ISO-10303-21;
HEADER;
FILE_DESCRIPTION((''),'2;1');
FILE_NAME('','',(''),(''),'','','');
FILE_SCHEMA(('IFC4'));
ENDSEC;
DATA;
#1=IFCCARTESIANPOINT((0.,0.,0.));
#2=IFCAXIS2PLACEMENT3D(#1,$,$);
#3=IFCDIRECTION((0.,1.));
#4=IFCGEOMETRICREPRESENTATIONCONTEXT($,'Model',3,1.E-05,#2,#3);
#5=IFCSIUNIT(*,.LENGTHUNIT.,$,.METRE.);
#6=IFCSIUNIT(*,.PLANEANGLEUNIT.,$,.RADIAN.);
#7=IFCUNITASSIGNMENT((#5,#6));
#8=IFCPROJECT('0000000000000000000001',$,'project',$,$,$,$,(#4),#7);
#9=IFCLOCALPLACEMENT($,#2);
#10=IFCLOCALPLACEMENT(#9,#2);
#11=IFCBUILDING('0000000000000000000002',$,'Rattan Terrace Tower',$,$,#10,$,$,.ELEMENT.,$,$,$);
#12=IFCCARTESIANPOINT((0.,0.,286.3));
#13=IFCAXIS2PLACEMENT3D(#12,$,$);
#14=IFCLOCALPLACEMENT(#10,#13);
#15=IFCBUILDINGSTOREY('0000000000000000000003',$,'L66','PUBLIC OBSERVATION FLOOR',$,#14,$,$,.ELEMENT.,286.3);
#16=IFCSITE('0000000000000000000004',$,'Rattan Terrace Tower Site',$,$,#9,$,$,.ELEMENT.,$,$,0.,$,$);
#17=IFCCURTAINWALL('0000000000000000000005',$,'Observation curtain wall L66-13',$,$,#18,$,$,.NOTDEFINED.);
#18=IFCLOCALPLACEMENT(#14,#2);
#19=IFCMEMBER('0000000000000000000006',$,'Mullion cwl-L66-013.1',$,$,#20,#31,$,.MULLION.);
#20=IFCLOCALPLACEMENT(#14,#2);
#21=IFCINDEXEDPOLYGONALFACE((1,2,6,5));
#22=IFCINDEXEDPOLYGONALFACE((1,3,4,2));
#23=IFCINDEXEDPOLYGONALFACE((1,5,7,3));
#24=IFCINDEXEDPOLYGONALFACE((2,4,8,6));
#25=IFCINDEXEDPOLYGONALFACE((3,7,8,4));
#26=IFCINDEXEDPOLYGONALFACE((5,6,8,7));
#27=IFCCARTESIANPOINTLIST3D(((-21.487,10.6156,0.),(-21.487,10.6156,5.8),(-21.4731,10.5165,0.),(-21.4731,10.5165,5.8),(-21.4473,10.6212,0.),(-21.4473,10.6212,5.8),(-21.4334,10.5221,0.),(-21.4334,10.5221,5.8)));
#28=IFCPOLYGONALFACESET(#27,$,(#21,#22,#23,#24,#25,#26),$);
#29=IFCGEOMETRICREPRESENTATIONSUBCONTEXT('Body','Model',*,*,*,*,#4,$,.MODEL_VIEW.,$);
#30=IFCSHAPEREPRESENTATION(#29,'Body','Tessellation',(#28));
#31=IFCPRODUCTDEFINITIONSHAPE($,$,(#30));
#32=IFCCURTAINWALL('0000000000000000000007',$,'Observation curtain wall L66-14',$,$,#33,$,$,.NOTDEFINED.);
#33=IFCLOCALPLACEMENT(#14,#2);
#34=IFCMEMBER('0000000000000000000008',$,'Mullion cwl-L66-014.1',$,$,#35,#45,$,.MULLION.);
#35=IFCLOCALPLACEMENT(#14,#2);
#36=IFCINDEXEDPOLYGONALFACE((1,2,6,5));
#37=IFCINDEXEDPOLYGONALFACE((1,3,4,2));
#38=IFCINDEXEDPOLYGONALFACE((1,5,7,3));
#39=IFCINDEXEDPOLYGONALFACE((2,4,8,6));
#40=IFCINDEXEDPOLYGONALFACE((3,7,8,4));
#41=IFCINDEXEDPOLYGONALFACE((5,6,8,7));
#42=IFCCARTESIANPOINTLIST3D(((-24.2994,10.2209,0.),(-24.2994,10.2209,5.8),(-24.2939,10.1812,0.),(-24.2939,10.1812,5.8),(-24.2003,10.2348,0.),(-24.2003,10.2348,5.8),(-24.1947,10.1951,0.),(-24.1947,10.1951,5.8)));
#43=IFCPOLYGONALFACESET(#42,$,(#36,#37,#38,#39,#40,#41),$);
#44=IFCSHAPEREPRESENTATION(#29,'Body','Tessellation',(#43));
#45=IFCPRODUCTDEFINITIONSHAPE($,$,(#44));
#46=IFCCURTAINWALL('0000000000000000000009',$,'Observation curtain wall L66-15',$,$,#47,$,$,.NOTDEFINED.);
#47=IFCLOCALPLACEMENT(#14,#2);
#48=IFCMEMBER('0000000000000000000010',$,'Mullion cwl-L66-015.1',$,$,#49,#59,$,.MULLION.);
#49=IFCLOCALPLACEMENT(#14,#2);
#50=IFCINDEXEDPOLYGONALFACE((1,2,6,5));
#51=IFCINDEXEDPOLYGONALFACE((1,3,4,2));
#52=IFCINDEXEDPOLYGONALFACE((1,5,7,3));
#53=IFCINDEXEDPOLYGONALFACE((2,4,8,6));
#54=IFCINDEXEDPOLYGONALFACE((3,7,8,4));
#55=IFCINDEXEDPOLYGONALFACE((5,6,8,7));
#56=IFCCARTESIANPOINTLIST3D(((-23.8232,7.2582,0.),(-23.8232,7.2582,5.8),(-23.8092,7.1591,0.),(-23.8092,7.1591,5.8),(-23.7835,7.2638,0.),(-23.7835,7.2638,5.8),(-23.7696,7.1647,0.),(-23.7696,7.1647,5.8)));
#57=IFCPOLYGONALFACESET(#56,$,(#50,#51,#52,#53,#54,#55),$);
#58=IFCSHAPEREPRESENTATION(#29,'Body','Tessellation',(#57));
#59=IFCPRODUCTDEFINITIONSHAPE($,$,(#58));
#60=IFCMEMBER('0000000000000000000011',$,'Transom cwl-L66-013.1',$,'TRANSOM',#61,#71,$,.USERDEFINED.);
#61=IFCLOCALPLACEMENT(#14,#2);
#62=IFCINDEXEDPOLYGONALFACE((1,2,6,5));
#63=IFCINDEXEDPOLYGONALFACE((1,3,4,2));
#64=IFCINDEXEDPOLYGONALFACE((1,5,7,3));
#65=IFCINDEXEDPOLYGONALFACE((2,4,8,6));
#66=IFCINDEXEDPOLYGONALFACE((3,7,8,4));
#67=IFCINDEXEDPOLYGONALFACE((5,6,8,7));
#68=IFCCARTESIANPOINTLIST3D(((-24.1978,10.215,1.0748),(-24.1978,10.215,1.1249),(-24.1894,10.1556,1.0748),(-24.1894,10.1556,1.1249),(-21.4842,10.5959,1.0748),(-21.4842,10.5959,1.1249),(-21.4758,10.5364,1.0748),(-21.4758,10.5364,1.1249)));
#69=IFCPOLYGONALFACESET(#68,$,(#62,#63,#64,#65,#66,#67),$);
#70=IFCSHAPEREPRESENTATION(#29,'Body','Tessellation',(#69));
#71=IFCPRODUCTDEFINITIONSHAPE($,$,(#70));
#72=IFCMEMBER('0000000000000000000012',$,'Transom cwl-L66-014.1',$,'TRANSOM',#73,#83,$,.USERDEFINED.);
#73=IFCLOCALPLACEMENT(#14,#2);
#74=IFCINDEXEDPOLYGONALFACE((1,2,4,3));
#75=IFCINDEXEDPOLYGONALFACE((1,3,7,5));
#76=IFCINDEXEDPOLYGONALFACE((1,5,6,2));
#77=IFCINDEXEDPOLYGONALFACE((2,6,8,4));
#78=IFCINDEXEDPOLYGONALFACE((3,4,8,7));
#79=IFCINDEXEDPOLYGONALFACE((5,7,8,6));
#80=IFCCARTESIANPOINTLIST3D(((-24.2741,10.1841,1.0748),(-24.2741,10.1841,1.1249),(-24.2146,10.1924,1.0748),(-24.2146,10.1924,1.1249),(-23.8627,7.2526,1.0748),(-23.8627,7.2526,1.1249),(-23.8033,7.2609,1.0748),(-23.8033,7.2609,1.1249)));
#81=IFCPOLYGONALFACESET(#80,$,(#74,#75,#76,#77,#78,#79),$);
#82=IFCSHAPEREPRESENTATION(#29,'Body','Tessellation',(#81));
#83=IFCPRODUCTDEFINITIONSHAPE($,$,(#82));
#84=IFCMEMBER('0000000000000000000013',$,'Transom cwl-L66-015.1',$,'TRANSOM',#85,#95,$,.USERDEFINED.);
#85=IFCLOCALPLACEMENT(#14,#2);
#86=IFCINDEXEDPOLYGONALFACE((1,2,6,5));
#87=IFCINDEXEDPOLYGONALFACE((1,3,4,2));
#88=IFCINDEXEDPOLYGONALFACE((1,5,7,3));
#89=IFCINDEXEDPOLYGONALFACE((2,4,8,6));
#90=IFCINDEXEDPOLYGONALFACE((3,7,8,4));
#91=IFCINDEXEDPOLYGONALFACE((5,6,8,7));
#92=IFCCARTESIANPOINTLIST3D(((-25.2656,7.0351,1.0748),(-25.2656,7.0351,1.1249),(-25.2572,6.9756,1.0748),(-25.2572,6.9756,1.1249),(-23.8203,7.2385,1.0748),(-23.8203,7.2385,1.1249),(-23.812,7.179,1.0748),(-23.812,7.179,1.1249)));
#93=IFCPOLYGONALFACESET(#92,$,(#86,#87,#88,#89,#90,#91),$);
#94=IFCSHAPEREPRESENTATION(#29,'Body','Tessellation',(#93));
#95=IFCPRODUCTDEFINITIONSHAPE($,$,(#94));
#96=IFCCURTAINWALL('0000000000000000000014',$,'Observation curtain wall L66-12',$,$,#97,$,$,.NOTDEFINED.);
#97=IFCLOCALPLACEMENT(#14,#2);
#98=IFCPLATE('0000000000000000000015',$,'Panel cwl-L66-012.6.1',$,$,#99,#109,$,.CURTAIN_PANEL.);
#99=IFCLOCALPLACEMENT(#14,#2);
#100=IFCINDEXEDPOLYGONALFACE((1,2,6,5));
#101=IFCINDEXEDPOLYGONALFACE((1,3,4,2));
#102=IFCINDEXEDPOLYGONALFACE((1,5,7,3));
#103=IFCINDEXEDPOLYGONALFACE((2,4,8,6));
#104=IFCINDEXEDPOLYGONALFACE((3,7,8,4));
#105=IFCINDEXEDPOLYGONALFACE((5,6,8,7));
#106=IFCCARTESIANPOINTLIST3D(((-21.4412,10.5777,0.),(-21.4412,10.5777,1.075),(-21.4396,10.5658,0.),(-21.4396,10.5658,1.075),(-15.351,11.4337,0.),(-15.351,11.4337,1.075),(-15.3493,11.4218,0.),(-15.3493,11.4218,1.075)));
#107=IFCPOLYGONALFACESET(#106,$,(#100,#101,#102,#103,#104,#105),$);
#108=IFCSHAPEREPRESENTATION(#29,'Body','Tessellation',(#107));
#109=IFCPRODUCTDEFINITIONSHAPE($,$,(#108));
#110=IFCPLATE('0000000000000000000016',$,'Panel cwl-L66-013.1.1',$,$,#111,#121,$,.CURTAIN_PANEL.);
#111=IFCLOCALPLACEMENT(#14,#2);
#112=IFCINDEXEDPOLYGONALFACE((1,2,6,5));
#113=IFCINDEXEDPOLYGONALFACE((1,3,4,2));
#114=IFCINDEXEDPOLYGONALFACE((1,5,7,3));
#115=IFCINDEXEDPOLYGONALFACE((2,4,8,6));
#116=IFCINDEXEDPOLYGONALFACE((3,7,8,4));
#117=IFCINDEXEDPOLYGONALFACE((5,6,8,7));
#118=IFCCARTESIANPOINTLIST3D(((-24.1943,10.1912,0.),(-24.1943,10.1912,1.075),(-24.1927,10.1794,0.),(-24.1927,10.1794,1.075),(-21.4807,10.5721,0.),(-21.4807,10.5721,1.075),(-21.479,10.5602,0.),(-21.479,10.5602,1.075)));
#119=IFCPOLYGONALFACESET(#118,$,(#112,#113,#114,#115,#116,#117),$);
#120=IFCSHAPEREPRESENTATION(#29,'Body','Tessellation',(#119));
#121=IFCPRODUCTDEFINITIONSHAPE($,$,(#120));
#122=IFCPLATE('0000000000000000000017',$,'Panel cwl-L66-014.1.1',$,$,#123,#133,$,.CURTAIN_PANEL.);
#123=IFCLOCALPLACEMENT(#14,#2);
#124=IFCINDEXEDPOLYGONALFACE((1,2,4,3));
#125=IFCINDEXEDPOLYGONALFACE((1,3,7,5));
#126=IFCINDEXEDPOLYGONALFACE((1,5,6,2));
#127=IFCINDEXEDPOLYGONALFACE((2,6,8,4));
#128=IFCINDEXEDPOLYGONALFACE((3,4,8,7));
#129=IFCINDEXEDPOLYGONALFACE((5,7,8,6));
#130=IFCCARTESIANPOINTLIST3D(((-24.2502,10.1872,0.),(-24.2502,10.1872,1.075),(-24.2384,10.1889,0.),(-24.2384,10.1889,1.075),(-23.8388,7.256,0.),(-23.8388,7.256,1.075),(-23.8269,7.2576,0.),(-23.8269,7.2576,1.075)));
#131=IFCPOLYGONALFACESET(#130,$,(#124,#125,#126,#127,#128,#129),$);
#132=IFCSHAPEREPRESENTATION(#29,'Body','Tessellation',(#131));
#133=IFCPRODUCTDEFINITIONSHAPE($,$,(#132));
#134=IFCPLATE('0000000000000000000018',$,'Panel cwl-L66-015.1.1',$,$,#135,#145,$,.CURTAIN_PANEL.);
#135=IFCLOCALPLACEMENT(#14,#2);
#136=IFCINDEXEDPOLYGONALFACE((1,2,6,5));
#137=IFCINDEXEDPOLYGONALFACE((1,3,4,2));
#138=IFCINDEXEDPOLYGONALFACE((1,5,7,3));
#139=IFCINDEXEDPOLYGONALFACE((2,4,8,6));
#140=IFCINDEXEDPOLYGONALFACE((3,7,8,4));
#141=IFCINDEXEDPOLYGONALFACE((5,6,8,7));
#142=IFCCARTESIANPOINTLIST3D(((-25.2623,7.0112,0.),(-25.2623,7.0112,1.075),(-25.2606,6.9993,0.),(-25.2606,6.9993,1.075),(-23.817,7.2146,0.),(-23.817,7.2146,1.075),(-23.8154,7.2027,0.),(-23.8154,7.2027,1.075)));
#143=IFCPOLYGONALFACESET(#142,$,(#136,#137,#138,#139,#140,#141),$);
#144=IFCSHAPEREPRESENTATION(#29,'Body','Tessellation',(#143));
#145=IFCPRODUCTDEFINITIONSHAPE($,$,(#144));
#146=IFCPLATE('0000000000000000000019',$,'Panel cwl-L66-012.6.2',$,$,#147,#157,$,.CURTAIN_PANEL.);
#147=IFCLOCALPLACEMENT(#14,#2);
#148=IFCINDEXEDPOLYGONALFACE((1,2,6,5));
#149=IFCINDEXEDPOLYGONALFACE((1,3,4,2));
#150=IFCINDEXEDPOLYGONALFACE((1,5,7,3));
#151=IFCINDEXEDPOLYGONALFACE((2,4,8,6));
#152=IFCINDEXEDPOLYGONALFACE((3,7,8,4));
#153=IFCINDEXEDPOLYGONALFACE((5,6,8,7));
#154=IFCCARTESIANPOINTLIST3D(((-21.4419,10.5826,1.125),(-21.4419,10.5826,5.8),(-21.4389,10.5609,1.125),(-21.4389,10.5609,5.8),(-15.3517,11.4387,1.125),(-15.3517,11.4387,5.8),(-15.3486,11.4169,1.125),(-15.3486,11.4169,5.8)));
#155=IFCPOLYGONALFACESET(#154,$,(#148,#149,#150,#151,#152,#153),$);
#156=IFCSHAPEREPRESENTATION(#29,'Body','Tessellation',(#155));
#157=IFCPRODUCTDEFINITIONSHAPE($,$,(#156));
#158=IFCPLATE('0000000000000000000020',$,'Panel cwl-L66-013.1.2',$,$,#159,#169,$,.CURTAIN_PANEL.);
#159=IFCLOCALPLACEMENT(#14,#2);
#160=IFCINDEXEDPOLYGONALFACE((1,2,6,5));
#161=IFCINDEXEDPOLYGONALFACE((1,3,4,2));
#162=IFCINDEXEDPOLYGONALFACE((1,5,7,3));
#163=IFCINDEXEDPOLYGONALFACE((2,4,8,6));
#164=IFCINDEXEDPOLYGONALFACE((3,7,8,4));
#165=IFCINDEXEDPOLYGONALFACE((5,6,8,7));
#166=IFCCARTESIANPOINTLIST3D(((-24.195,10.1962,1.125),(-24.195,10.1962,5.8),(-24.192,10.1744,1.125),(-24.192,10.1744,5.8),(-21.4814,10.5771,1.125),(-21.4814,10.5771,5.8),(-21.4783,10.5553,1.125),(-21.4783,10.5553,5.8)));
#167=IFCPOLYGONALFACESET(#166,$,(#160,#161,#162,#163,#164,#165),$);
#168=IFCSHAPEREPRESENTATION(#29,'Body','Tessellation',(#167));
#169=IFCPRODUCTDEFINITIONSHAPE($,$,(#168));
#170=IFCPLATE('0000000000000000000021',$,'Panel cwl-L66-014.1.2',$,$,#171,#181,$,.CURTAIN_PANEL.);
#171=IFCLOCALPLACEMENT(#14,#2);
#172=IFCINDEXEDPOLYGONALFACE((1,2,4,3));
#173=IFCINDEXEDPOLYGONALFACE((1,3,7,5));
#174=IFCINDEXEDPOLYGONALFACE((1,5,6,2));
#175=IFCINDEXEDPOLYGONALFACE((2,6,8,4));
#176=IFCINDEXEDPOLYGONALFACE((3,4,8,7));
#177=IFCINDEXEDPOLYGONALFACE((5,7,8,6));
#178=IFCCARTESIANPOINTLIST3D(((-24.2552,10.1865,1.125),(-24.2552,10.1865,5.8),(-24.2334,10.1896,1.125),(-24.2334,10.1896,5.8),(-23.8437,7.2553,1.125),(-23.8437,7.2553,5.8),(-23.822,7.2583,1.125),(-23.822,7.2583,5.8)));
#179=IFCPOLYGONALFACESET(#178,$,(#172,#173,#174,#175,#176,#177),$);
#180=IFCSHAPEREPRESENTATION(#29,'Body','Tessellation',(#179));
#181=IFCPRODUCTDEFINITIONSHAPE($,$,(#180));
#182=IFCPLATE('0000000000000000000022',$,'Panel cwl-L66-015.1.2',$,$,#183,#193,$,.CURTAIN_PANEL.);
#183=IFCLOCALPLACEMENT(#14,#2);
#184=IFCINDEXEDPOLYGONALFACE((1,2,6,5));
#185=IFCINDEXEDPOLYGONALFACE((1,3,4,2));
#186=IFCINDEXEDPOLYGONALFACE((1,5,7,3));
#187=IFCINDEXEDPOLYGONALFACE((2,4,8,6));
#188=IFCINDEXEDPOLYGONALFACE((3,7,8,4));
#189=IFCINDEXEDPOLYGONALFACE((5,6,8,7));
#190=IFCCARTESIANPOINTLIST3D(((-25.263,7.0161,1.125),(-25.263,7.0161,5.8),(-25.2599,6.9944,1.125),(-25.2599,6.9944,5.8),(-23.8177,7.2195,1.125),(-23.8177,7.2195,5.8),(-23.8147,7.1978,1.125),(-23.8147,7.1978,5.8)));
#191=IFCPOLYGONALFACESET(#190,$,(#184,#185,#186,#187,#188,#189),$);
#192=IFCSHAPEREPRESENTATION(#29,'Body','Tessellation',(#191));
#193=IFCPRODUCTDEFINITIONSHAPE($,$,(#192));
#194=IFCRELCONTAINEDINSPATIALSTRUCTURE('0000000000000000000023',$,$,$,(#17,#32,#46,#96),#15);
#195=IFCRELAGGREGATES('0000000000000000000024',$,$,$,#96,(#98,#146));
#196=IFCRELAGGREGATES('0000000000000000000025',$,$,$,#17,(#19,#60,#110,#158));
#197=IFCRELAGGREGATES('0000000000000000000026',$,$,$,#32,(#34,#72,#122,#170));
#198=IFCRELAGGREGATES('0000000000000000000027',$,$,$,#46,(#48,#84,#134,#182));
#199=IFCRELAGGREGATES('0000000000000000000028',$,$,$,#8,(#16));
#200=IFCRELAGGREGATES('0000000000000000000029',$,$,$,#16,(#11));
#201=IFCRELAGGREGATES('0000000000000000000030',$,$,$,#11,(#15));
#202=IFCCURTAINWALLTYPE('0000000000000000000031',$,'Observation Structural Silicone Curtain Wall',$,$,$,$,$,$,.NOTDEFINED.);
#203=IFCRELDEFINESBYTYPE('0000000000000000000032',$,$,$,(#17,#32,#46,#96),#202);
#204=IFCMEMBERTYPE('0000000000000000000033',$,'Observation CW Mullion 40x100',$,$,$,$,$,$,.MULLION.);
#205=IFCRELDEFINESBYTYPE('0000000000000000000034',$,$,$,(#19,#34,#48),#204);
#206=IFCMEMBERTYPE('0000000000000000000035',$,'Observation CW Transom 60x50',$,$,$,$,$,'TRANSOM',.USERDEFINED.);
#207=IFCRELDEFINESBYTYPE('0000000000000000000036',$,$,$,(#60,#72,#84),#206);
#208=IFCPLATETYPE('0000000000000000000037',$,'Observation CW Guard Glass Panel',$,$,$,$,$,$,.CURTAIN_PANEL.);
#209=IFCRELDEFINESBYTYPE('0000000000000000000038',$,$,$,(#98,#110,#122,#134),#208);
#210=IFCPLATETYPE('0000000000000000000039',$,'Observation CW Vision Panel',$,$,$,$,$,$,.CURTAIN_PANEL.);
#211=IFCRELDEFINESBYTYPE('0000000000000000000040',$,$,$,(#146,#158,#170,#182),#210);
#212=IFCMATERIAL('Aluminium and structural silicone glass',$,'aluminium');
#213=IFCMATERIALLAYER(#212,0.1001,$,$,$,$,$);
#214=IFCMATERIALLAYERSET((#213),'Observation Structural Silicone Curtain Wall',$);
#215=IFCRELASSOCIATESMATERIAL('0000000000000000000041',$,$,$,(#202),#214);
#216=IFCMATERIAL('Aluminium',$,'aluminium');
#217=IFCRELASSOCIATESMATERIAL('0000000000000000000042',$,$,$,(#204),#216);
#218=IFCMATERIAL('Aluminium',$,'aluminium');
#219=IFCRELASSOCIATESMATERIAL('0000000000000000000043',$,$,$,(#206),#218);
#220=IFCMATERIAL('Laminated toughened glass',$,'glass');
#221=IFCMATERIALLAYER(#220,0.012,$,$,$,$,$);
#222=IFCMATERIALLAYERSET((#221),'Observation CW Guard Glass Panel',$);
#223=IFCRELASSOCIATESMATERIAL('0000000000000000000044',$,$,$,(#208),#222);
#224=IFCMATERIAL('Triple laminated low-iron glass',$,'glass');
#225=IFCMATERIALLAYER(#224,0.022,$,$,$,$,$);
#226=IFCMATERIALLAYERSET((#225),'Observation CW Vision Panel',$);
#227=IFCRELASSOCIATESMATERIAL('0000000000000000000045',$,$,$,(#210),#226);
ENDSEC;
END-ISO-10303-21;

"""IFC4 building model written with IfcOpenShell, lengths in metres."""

from ifc_helpers import new_model, si_unit, direction, frame, origin, origin_2d, place, context, subcontext, project, spatial, rectangle, extrude, material, layer, layer_set, material_profile, profile_set, type_object, element, aggregate, save


model = new_model("IFC4")

# Units and contexts
model_context = context("Model", 3, precision=1e-05, world=origin(), true_north=direction((0.0, 1.0)))
body_context = subcontext(model_context, "Body", "Model", "MODEL_VIEW")
ifc_project = project(units=[si_unit("LENGTHUNIT", "METRE"), si_unit("PLANEANGLEUNIT", "RADIAN")], contexts=[model_context])

# Site, building, storey
site_placement = place(None, origin())
site = spatial("IfcSite", under=ifc_project, at=site_placement, Name="Rattan Terrace Tower Site", CompositionType="ELEMENT", RefElevation=0.0)
building_placement = place(site_placement, origin())
building = spatial("IfcBuilding", under=site, at=building_placement, Name="Rattan Terrace Tower", CompositionType="ELEMENT")
storey_placement = place(building_placement, frame((0.0, 0.0, 286.3)))
storey = spatial("IfcBuildingStorey", under=building, at=storey_placement, Name="L66", Description="PUBLIC OBSERVATION FLOOR", CompositionType="ELEMENT", Elevation=286.3)

# Curtain walls, members
ifc_material_1 = material(Name="Aluminium and structural silicone glass", Category="aluminium")
ifc_layer_1 = layer(ifc_material_1, 0.1001)
ifc_layer_set_1 = layer_set([ifc_layer_1], Name="Observation Structural Silicone Curtain Wall")
curtain_wall_type = type_object("IfcCurtainWallType", Name="Observation Structural Silicone Curtain Wall", PredefinedType="NOTDEFINED", material=ifc_layer_set_1)
curtain_wall_1_placement = place(storey_placement, origin())
curtain_wall_1 = element("IfcCurtainWall", 1, at=curtain_wall_1_placement, inside=storey, type_object=curtain_wall_type, Name="Observation curtain wall L66-13", PredefinedType="NOTDEFINED")
ifc_material_2 = material(Name="Aluminium", Category="aluminium")
ifc_material_profile_1 = material_profile(ifc_material_2, rectangle(XDim=0.04, YDim=0.1001, at=origin_2d()), Name="Aluminium 40x100")
ifc_profile_set_1 = profile_set([ifc_material_profile_1], Name="Aluminium")
member_type_1 = type_object("IfcMemberType", Name="Observation CW Mullion 40x100", PredefinedType="MULLION", material=ifc_profile_set_1)
member_1_placement = place(storey_placement, frame((-21.4602, 10.5688, 0.0), z_axis=(0.0, 0.0, 1.0), x_axis=(-0.990293, -0.138994, 0.0)))
member_1 = element("IfcMember", 2, at=member_1_placement, type_object=member_type_1, Name="Mullion cwl-L66-013.1", PredefinedType="MULLION", context=body_context, shape_type="SweptSolid", body=[
    extrude(rectangle(XDim=0.04, YDim=0.1001, at=origin_2d()), origin(), (0.0, 0.0, 1.0), 5.8),
])
curtain_wall_2_placement = place(storey_placement, origin())
curtain_wall_2 = element("IfcCurtainWall", 3, at=curtain_wall_2_placement, inside=storey, type_object=curtain_wall_type, Name="Observation curtain wall L66-14", PredefinedType="NOTDEFINED")
member_2_placement = place(storey_placement, frame((-24.2471, 10.208, 0.0), z_axis=(0.0, 0.0, 1.0), x_axis=(0.138994, -0.990293, 0.0)))
member_2 = element("IfcMember", 4, at=member_2_placement, type_object=member_type_1, Name="Mullion cwl-L66-014.1", PredefinedType="MULLION", context=body_context, shape_type="SweptSolid", body=[
    extrude(rectangle(XDim=0.04, YDim=0.1001, at=origin_2d()), origin(), (0.0, 0.0, 1.0), 5.8),
])
curtain_wall_3_placement = place(storey_placement, origin())
curtain_wall_3 = element("IfcCurtainWall", 5, at=curtain_wall_3_placement, inside=storey, type_object=curtain_wall_type, Name="Observation curtain wall L66-15", PredefinedType="NOTDEFINED")
member_3_placement = place(storey_placement, frame((-23.7964, 7.2114, 0.0), z_axis=(0.0, 0.0, 1.0), x_axis=(-0.990241, -0.139367, 0.0)))
member_3 = element("IfcMember", 6, at=member_3_placement, type_object=member_type_1, Name="Mullion cwl-L66-015.1", PredefinedType="MULLION", context=body_context, shape_type="SweptSolid", body=[
    extrude(rectangle(XDim=0.04, YDim=0.1001, at=origin_2d()), origin(), (0.0, 0.0, 1.0), 5.8),
])

# Members
ifc_material_3 = material(Name="Aluminium", Category="aluminium")
ifc_material_profile_2 = material_profile(ifc_material_3, rectangle(XDim=0.0601, YDim=0.05, at=origin_2d()), Name="Aluminium 60x50")
ifc_profile_set_2 = profile_set([ifc_material_profile_2], Name="Aluminium")
member_type_2 = type_object("IfcMemberType", Name="Observation CW Transom 60x50", ElementType="TRANSOM", PredefinedType="USERDEFINED", material=ifc_profile_set_2)
member_4_placement = place(storey_placement, frame((-21.48, 10.5662, 1.0999), z_axis=(-0.990294, -0.138989, 0.0), x_axis=(0.138989, -0.990294, 0.0)))
member_4 = element("IfcMember", 7, at=member_4_placement, type_object=member_type_2, Name="Transom cwl-L66-013.1", ObjectType="TRANSOM", PredefinedType="USERDEFINED", context=body_context, shape_type="SweptSolid", body=[
    extrude(rectangle(XDim=0.0601, YDim=0.05, at=origin_2d()), origin(), (0.0, 0.0, 1.0), 2.7402),
])
member_5_placement = place(storey_placement, frame((-24.2444, 10.1882, 1.0999), z_axis=(0.138973, -0.990296, 0.0), x_axis=(0.990296, 0.138973, 0.0)))
member_5 = element("IfcMember", 8, at=member_5_placement, type_object=member_type_2, Name="Transom cwl-L66-014.1", ObjectType="TRANSOM", PredefinedType="USERDEFINED", context=body_context, shape_type="SweptSolid", body=[
    extrude(rectangle(XDim=0.0601, YDim=0.05, at=origin_2d()), origin(), (0.0, 0.0, 1.0), 2.9602),
])
member_6_placement = place(storey_placement, frame((-23.8162, 7.2087, 1.0999), z_axis=(-0.990245, -0.139337, 0.0), x_axis=(0.139337, -0.990245, 0.0)))
member_6 = element("IfcMember", 9, at=member_6_placement, type_object=member_type_2, Name="Transom cwl-L66-015.1", ObjectType="TRANSOM", PredefinedType="USERDEFINED", context=body_context, shape_type="SweptSolid", body=[
    extrude(rectangle(XDim=0.0601, YDim=0.05, at=origin_2d()), origin(), (0.0, 0.0, 1.0), 1.4595),
])

# Curtain wall, plate
curtain_wall_4_placement = place(storey_placement, origin())
curtain_wall_4 = element("IfcCurtainWall", 10, at=curtain_wall_4_placement, inside=storey, type_object=curtain_wall_type, Name="Observation curtain wall L66-12", PredefinedType="NOTDEFINED")
ifc_material_4 = material(Name="Laminated toughened glass", Category="glass")
ifc_layer_2 = layer(ifc_material_4, 0.012)
ifc_layer_set_2 = layer_set([ifc_layer_2], Name="Observation CW Guard Glass Panel")
plate_type_1 = type_object("IfcPlateType", Name="Observation CW Guard Glass Panel", PredefinedType="CURTAIN_PANEL", material=ifc_layer_set_2)
plate_1_placement = place(storey_placement, frame((-18.3953, 10.9998, 0.0), z_axis=(0.0, 0.0, 1.0), x_axis=(-0.990266, -0.139189, 0.0)))
plate_1 = element("IfcPlate", 11, at=plate_1_placement, type_object=plate_type_1, Name="Panel cwl-L66-012.6.1", PredefinedType="CURTAIN_PANEL", context=body_context, shape_type="SweptSolid", body=[
    extrude(rectangle(XDim=6.1501, YDim=0.012, at=origin_2d()), origin(), (0.0, 0.0, 1.0), 1.075),
])

# Plates
plate_2_placement = place(storey_placement, frame((-22.8367, 10.3757, 0.0), z_axis=(0.0, 0.0, 1.0), x_axis=(-0.990293, -0.138994, 0.0)))
plate_2 = element("IfcPlate", 12, at=plate_2_placement, type_object=plate_type_1, Name="Panel cwl-L66-013.1.1", PredefinedType="CURTAIN_PANEL", context=body_context, shape_type="SweptSolid", body=[
    extrude(rectangle(XDim=2.7402, YDim=0.012, at=origin_2d()), origin(), (0.0, 0.0, 1.0), 1.075),
])
plate_3_placement = place(storey_placement, frame((-24.0386, 8.7224, 0.0), z_axis=(0.0, 0.0, 1.0), x_axis=(0.138994, -0.990293, 0.0)))
plate_3 = element("IfcPlate", 13, at=plate_3_placement, type_object=plate_type_1, Name="Panel cwl-L66-014.1.1", PredefinedType="CURTAIN_PANEL", context=body_context, shape_type="SweptSolid", body=[
    extrude(rectangle(XDim=2.96, YDim=0.012, at=origin_2d()), origin(), (0.0, 0.0, 1.0), 1.075),
])
plate_4_placement = place(storey_placement, frame((-24.5388, 7.1069, 0.0), z_axis=(0.0, 0.0, 1.0), x_axis=(-0.990241, -0.139367, 0.0)))
plate_4 = element("IfcPlate", 14, at=plate_4_placement, type_object=plate_type_1, Name="Panel cwl-L66-015.1.1", PredefinedType="CURTAIN_PANEL", context=body_context, shape_type="SweptSolid", body=[
    extrude(rectangle(XDim=1.4595, YDim=0.012, at=origin_2d()), origin(), (0.0, 0.0, 1.0), 1.075),
])
ifc_material_5 = material(Name="Triple laminated low-iron glass", Category="glass")
ifc_layer_3 = layer(ifc_material_5, 0.022)
ifc_layer_set_3 = layer_set([ifc_layer_3], Name="Observation CW Vision Panel")
plate_type_2 = type_object("IfcPlateType", Name="Observation CW Vision Panel", PredefinedType="CURTAIN_PANEL", material=ifc_layer_set_3)
plate_5_placement = place(storey_placement, frame((-18.3953, 10.9998, 1.125), z_axis=(0.0, 0.0, 1.0), x_axis=(-0.990266, -0.139189, 0.0)))
plate_5 = element("IfcPlate", 15, at=plate_5_placement, type_object=plate_type_2, Name="Panel cwl-L66-012.6.2", PredefinedType="CURTAIN_PANEL", context=body_context, shape_type="SweptSolid", body=[
    extrude(rectangle(XDim=6.1501, YDim=0.022, at=origin_2d()), origin(), (0.0, 0.0, 1.0), 4.675),
])
aggregate(curtain_wall_4, [plate_1, plate_5])
plate_6_placement = place(storey_placement, frame((-22.8367, 10.3757, 1.125), z_axis=(0.0, 0.0, 1.0), x_axis=(-0.990293, -0.138994, 0.0)))
plate_6 = element("IfcPlate", 16, at=plate_6_placement, type_object=plate_type_2, Name="Panel cwl-L66-013.1.2", PredefinedType="CURTAIN_PANEL", context=body_context, shape_type="SweptSolid", body=[
    extrude(rectangle(XDim=2.7402, YDim=0.022, at=origin_2d()), origin(), (0.0, 0.0, 1.0), 4.675),
])
aggregate(curtain_wall_1, [member_1, member_4, plate_2, plate_6])
plate_7_placement = place(storey_placement, frame((-24.0386, 8.7224, 1.125), z_axis=(0.0, 0.0, 1.0), x_axis=(0.138994, -0.990293, 0.0)))
plate_7 = element("IfcPlate", 17, at=plate_7_placement, type_object=plate_type_2, Name="Panel cwl-L66-014.1.2", PredefinedType="CURTAIN_PANEL", context=body_context, shape_type="SweptSolid", body=[
    extrude(rectangle(XDim=2.96, YDim=0.022, at=origin_2d()), origin(), (0.0, 0.0, 1.0), 4.675),
])
aggregate(curtain_wall_2, [member_2, member_5, plate_3, plate_7])
plate_8_placement = place(storey_placement, frame((-24.5388, 7.1069, 1.125), z_axis=(0.0, 0.0, 1.0), x_axis=(-0.990241, -0.139367, 0.0)))
plate_8 = element("IfcPlate", 18, at=plate_8_placement, type_object=plate_type_2, Name="Panel cwl-L66-015.1.2", PredefinedType="CURTAIN_PANEL", context=body_context, shape_type="SweptSolid", body=[
    extrude(rectangle(XDim=1.4595, YDim=0.022, at=origin_2d()), origin(), (0.0, 0.0, 1.0), 4.675),
])
aggregate(curtain_wall_3, [member_3, member_6, plate_4, plate_8])

save(model, "model.ifc")
